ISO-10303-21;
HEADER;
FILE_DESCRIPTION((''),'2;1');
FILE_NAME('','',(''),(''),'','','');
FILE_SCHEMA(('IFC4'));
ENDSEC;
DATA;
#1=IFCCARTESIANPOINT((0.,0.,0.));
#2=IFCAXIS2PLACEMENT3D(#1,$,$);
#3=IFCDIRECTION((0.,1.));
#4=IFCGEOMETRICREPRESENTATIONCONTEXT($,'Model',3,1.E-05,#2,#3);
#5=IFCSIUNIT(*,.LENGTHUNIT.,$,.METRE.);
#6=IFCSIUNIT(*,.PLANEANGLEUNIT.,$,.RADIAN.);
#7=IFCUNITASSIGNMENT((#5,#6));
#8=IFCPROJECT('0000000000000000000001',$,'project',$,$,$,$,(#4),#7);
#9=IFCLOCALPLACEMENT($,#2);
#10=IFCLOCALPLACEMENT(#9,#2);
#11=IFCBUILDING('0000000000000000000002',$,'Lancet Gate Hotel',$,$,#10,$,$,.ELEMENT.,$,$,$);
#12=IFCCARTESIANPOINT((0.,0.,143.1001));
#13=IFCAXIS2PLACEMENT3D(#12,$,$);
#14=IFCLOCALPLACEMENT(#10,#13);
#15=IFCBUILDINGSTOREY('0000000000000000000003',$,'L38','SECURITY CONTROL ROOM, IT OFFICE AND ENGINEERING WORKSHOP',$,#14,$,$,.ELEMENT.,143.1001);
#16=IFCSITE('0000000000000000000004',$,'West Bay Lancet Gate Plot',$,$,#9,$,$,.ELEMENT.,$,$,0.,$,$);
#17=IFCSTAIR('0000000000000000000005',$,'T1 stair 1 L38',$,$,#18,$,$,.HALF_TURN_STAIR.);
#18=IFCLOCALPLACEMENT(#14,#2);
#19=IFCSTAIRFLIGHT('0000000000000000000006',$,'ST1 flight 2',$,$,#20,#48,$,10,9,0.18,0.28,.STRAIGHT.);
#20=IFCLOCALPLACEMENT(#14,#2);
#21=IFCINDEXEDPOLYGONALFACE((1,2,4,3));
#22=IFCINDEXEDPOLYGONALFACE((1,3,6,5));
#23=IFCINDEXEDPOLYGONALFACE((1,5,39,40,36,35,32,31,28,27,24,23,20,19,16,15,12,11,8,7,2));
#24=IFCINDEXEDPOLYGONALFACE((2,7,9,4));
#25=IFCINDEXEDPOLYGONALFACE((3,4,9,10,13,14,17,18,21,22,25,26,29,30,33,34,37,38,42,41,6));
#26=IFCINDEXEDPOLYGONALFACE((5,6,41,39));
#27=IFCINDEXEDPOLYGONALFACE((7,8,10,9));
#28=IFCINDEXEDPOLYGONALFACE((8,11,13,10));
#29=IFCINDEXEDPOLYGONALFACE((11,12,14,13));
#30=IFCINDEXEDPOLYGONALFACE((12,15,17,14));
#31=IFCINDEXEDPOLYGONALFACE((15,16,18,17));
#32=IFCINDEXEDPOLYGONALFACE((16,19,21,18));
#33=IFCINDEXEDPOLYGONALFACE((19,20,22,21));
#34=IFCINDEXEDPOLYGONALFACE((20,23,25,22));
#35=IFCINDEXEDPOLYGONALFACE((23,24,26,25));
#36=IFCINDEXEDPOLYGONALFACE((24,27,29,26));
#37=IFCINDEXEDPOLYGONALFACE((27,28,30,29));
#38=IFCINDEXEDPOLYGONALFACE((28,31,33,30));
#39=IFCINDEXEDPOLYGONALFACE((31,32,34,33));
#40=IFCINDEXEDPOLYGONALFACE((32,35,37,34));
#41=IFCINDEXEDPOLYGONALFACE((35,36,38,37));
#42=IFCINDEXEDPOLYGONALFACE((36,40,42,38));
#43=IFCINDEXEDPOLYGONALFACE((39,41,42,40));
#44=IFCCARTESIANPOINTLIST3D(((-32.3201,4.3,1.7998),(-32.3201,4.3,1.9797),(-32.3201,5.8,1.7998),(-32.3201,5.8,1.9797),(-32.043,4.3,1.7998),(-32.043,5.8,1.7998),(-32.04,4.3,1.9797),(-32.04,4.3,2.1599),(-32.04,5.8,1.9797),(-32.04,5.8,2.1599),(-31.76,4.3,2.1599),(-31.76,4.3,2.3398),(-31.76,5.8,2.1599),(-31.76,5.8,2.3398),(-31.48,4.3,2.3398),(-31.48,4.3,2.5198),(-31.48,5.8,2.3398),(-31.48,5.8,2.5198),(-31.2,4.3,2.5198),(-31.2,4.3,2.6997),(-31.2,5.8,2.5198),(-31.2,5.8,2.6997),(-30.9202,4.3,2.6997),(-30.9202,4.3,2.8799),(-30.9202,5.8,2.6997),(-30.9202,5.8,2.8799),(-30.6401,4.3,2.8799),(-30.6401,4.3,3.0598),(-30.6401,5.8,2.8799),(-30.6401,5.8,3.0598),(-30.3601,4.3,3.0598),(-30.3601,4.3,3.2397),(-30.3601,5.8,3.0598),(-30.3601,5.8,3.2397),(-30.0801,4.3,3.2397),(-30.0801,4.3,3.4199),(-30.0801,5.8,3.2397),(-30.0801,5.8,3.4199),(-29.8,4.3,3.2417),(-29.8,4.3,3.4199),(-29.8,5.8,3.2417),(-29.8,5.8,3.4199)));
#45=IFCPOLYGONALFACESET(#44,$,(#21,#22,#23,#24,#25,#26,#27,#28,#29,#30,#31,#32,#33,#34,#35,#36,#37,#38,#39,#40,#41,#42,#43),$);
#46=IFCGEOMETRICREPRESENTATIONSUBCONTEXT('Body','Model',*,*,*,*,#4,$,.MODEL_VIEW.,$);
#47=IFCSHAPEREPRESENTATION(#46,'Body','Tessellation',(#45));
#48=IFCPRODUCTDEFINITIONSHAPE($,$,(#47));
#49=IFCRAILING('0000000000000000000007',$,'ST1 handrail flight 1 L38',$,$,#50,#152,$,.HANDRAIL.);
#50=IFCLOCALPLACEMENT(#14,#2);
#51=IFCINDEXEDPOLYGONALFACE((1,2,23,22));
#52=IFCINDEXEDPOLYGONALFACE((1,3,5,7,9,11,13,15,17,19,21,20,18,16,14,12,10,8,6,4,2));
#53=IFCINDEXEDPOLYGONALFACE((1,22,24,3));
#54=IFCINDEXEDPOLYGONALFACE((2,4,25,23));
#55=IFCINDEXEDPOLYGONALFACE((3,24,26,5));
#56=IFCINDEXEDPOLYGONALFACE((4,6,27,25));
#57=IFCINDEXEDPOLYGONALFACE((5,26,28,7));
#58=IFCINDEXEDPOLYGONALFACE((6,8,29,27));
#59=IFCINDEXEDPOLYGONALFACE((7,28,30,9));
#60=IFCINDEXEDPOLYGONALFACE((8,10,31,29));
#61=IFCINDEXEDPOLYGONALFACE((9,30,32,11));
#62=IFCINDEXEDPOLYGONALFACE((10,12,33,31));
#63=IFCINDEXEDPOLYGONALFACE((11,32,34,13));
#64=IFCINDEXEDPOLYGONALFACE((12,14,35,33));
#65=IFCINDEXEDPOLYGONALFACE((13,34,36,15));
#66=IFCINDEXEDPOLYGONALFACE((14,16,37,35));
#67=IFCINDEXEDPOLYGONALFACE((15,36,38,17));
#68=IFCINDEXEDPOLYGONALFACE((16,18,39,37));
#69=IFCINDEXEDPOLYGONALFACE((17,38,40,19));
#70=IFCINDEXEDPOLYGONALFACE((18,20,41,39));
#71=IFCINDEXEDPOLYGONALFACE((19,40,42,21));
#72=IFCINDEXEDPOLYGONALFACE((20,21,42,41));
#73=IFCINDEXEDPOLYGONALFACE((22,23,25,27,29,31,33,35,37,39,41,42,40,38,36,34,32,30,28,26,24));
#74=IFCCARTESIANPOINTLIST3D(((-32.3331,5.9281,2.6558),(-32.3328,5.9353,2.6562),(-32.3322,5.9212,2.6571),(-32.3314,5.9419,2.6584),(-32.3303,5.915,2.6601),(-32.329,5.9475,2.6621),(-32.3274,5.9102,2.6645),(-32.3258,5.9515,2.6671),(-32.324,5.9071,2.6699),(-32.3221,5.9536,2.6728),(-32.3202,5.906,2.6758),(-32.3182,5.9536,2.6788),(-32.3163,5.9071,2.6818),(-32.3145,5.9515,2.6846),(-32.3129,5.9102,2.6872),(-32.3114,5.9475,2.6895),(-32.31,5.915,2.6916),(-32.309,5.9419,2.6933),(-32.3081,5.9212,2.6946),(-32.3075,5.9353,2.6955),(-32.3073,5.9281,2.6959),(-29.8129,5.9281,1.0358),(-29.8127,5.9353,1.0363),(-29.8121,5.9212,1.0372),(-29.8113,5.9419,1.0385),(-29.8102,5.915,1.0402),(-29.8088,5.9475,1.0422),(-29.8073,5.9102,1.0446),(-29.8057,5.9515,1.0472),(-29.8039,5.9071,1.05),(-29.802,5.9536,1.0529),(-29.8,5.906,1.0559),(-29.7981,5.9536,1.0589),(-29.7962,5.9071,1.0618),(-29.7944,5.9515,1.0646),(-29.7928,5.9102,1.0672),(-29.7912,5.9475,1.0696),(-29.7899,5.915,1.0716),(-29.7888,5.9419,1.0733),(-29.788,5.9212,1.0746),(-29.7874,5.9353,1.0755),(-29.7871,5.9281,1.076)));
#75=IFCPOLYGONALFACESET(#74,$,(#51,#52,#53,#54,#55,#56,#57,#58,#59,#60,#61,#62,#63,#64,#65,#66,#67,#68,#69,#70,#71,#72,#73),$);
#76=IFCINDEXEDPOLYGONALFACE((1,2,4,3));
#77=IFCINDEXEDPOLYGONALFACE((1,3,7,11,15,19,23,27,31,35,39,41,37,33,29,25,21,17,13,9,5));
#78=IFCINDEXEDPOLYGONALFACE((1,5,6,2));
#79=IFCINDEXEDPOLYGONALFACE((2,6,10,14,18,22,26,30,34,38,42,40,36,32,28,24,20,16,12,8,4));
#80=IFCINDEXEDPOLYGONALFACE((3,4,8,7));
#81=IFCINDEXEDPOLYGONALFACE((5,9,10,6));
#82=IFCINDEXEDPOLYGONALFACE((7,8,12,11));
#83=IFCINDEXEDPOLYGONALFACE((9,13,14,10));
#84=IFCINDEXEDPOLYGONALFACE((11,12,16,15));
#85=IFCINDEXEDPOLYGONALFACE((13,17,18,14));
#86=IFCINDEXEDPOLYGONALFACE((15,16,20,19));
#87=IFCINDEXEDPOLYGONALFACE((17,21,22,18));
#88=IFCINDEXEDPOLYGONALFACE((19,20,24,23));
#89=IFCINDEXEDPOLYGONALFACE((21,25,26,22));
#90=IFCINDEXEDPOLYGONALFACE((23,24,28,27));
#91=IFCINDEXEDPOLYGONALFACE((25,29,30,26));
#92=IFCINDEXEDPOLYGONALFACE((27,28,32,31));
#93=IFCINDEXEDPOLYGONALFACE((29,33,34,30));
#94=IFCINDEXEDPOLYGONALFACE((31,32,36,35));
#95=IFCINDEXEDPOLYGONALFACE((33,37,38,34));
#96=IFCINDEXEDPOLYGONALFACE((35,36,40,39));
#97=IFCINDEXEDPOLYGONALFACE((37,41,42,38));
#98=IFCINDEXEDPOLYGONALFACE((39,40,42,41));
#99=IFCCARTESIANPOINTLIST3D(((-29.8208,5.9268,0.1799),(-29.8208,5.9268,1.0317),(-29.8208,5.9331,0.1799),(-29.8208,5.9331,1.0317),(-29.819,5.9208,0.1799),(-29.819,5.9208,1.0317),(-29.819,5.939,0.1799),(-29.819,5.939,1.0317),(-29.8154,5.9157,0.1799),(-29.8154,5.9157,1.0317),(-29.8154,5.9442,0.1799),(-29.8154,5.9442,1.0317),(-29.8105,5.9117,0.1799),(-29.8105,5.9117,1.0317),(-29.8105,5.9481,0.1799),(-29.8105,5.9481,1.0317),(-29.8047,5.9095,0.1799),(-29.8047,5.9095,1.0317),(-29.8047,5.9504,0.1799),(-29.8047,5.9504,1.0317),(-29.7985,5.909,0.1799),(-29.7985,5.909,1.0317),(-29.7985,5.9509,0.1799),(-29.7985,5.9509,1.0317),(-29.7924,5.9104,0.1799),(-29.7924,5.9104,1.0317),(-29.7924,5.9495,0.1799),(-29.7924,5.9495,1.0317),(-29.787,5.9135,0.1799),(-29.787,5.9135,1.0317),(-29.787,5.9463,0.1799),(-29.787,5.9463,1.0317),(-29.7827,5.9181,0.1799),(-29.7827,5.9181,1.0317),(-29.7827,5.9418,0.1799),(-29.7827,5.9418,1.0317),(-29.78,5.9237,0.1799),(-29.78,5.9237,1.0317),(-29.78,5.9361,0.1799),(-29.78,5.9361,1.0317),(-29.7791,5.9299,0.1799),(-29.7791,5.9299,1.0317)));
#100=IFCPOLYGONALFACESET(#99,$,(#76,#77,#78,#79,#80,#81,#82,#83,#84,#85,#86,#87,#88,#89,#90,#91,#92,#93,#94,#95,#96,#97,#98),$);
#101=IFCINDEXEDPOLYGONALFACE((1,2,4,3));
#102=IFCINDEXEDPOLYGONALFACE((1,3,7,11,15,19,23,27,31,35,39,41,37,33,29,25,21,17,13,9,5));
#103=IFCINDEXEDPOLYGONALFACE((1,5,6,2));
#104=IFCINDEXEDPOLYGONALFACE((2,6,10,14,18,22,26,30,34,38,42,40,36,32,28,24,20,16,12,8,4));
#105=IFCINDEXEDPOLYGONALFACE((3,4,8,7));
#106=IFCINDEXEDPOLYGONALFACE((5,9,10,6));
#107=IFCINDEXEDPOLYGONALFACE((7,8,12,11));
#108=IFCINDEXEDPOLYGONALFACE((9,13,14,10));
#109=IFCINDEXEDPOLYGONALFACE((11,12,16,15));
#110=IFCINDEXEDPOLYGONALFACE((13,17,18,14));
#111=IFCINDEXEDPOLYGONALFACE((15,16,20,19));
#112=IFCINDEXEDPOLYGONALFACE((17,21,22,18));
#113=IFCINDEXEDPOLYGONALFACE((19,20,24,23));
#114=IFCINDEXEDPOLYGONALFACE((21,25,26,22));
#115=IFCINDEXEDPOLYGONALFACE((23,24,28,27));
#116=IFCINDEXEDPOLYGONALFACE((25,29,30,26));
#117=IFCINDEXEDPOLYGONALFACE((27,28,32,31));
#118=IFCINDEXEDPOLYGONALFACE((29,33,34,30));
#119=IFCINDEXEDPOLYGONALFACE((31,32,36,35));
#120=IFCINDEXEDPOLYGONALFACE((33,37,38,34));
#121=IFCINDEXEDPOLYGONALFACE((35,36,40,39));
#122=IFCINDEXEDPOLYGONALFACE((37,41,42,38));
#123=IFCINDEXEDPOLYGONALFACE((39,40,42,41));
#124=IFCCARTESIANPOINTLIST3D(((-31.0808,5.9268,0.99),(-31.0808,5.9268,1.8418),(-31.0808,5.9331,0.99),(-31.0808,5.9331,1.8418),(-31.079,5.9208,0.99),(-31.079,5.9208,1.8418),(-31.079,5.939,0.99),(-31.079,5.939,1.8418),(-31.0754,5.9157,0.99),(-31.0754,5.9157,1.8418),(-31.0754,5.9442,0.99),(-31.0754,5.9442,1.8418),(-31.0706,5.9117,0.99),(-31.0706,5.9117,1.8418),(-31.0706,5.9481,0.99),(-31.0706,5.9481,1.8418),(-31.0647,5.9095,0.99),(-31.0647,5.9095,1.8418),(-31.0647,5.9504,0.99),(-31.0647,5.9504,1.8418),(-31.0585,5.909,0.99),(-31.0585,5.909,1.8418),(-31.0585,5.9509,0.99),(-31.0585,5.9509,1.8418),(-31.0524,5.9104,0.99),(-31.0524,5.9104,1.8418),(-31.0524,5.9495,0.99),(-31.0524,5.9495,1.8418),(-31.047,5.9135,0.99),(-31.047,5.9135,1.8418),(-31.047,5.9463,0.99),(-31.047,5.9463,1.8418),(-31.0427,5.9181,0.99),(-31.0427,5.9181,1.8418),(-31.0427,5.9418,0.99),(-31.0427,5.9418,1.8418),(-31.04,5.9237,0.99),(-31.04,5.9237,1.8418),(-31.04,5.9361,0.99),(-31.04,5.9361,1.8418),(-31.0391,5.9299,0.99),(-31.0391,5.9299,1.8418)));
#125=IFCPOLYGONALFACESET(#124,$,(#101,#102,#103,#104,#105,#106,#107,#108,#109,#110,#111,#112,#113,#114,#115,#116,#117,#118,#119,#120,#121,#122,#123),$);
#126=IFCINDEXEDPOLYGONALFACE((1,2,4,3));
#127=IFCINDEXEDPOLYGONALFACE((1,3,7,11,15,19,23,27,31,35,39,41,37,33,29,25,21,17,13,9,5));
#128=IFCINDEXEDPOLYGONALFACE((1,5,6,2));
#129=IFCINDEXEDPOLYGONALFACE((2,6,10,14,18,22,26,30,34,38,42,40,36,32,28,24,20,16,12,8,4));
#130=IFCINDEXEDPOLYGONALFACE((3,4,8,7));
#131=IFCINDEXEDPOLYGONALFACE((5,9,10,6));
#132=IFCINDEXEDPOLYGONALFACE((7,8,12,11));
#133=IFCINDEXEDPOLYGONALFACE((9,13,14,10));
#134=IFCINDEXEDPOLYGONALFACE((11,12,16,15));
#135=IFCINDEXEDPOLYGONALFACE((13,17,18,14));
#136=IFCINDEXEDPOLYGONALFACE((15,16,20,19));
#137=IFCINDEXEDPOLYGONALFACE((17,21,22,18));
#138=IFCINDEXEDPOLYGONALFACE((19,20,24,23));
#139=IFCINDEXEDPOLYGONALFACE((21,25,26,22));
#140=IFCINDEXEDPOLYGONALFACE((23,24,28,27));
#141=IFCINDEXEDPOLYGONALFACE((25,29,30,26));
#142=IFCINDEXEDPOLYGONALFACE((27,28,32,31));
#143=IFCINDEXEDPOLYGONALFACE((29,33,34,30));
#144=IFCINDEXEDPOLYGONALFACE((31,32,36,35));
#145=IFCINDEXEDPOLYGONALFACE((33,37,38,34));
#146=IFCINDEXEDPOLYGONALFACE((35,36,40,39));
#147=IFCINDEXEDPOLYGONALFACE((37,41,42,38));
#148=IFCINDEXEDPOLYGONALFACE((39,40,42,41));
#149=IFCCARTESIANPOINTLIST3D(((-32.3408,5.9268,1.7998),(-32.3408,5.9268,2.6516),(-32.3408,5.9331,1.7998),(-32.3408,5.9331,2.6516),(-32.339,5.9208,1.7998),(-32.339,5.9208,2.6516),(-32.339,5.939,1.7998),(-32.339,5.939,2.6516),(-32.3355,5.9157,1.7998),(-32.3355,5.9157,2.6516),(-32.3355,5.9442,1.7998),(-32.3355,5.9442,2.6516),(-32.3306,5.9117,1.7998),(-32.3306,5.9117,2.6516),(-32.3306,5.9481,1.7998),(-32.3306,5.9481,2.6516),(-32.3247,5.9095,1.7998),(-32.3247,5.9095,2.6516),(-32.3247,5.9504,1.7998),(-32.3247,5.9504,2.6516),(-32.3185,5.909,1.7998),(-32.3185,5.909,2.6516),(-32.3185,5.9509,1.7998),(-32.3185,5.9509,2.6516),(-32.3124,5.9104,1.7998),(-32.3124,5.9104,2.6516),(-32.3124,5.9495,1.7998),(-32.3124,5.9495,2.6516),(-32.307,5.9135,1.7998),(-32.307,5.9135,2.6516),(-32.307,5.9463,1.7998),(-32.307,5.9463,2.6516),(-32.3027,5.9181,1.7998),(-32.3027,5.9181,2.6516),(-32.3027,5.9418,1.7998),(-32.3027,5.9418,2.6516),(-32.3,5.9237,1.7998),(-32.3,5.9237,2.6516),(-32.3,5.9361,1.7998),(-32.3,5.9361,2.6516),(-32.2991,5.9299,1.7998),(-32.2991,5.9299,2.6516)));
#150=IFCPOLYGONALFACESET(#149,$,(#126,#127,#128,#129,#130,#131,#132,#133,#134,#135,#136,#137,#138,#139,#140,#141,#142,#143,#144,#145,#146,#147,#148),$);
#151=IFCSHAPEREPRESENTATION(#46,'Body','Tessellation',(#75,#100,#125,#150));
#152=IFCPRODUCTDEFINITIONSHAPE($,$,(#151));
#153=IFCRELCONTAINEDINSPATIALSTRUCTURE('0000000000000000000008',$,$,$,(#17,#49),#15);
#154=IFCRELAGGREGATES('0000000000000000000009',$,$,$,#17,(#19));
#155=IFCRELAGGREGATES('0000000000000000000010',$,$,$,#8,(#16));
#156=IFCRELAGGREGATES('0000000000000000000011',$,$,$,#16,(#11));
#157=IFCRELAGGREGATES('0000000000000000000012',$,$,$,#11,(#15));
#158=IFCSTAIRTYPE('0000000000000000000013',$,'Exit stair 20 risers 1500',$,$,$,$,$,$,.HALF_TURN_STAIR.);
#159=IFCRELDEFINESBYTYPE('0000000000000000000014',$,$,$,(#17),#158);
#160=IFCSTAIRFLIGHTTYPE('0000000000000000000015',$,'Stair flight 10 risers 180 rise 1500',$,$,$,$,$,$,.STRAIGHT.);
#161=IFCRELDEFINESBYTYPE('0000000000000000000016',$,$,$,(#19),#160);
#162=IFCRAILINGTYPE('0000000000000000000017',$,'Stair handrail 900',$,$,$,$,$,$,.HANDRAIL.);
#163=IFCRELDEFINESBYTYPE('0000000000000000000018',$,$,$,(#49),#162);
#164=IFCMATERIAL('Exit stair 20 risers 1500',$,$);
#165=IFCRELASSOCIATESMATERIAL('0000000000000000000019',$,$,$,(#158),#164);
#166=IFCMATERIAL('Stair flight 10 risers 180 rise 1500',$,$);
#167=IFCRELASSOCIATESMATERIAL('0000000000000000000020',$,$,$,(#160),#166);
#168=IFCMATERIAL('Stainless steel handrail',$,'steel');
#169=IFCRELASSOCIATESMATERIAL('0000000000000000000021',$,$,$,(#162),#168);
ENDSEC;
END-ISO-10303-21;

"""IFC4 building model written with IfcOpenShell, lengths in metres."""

from ifc_helpers import new_model, si_unit, direction, frame, origin, origin_2d, place, context, subcontext, project, spatial, polyline, circle, outline, extrude, material, type_object, element, aggregate, save


model = new_model("IFC4")

# Units and contexts
model_context = context("Model", 3, precision=1e-05, world=origin(), true_north=direction((0.0, 1.0)))
body_context = subcontext(model_context, "Body", "Model", "MODEL_VIEW")
ifc_project = project(units=[si_unit("LENGTHUNIT", "METRE"), si_unit("PLANEANGLEUNIT", "RADIAN")], contexts=[model_context])

# Site, building, storey
site_placement = place(None, origin())
site = spatial("IfcSite", under=ifc_project, at=site_placement, Name="West Bay Lancet Gate Plot", CompositionType="ELEMENT", RefElevation=0.0)
building_placement = place(site_placement, origin())
building = spatial("IfcBuilding", under=site, at=building_placement, Name="Lancet Gate Hotel", CompositionType="ELEMENT")
storey_placement = place(building_placement, frame((0.0, 0.0, 143.1001)))
storey = spatial("IfcBuildingStorey", under=building, at=storey_placement, Name="L38", Description="SECURITY CONTROL ROOM, IT OFFICE AND ENGINEERING WORKSHOP", CompositionType="ELEMENT", Elevation=143.1001)

# Stair, stair flight
ifc_material_1 = material(Name="Exit stair 20 risers 1500")
stair_type = type_object("IfcStairType", Name="Exit stair 20 risers 1500", PredefinedType="HALF_TURN_STAIR", material=ifc_material_1)
stair_placement = place(storey_placement, origin())
stair = element("IfcStair", 1, at=stair_placement, inside=storey, type_object=stair_type, Name="T1 stair 1 L38", PredefinedType="HALF_TURN_STAIR")
ifc_material_2 = material(Name="Stair flight 10 risers 180 rise 1500")
stair_flight_type = type_object("IfcStairFlightType", Name="Stair flight 10 risers 180 rise 1500", PredefinedType="STRAIGHT", material=ifc_material_2)
stair_flight_1_placement = place(storey_placement, frame((-32.3201, 5.05, 1.7998), z_axis=(0.0, 0.0, 1.0), x_axis=(1.0, 0.0, 0.0)))
stair_flight_1 = element("IfcStairFlight", 2, at=stair_flight_1_placement, type_object=stair_flight_type, Name="ST1 flight 2", NumberOfRisers=10, NumberOfTreads=9, PredefinedType="STRAIGHT", RiserHeight=0.18, TreadLength=0.28, context=body_context, shape_type="SweptSolid", body=[
    extrude(outline(polyline([(0.0, 0.0), (0.0, 0.1799), (0.28, 0.1799), (0.28, 0.3601), (0.5601, 0.3601), (0.5601, 0.54), (0.8401, 0.54), (0.8401, 0.72), (1.1201, 0.72), (1.1201, 0.8999), (1.3999, 0.8999), (1.3999, 1.0801), (1.6799, 1.0801), (1.6799, 1.26), (1.96, 1.26), (1.96, 1.4399), (2.24, 1.4399), (2.24, 1.6201), (2.52, 1.6201), (2.52, 1.8), (2.52, 1.4419), (0.2771, 0.0), (0.0, 0.0)])), frame((0.0, 0.75, 0.0), z_axis=(0.0, -1.0, 0.0), x_axis=(1.0, 0.0, 0.0)), (0.0, 0.0, 1.0), 1.5),
])
aggregate(stair, [stair_flight_1])

# Railing
ifc_material_3 = material(Name="Stainless steel handrail", Category="steel")
railing_type = type_object("IfcRailingType", Name="Stair handrail 900", PredefinedType="HANDRAIL", material=ifc_material_3)
railing_1_placement = place(storey_placement, frame((-29.8, 5.9299, 0.1799)))
element("IfcRailing", 3, at=railing_1_placement, inside=storey, type_object=railing_type, Name="ST1 handrail flight 1 L38", PredefinedType="HANDRAIL", context=body_context, shape_type="SweptSolid", body=[
    extrude(circle(Radius=0.0239, at=origin_2d()), frame((0.0, 0.0, 0.876), z_axis=(-0.8412, 0.0, 0.540725), x_axis=(0.0, -1.0, 0.0)), (0.0, 0.0, 1.0), 2.9958),
    extrude(circle(Radius=0.021, at=origin_2d()), origin(), (0.0, 0.0, 1.0), 0.8518),
    extrude(circle(Radius=0.021, at=origin_2d()), frame((-1.26, 0.0, 0.8101)), (0.0, 0.0, 1.0), 0.8518),
    extrude(circle(Radius=0.021, at=origin_2d()), frame((-2.52, 0.0, 1.6199)), (0.0, 0.0, 1.0), 0.8518),
])

save(model, "model.ifc")
